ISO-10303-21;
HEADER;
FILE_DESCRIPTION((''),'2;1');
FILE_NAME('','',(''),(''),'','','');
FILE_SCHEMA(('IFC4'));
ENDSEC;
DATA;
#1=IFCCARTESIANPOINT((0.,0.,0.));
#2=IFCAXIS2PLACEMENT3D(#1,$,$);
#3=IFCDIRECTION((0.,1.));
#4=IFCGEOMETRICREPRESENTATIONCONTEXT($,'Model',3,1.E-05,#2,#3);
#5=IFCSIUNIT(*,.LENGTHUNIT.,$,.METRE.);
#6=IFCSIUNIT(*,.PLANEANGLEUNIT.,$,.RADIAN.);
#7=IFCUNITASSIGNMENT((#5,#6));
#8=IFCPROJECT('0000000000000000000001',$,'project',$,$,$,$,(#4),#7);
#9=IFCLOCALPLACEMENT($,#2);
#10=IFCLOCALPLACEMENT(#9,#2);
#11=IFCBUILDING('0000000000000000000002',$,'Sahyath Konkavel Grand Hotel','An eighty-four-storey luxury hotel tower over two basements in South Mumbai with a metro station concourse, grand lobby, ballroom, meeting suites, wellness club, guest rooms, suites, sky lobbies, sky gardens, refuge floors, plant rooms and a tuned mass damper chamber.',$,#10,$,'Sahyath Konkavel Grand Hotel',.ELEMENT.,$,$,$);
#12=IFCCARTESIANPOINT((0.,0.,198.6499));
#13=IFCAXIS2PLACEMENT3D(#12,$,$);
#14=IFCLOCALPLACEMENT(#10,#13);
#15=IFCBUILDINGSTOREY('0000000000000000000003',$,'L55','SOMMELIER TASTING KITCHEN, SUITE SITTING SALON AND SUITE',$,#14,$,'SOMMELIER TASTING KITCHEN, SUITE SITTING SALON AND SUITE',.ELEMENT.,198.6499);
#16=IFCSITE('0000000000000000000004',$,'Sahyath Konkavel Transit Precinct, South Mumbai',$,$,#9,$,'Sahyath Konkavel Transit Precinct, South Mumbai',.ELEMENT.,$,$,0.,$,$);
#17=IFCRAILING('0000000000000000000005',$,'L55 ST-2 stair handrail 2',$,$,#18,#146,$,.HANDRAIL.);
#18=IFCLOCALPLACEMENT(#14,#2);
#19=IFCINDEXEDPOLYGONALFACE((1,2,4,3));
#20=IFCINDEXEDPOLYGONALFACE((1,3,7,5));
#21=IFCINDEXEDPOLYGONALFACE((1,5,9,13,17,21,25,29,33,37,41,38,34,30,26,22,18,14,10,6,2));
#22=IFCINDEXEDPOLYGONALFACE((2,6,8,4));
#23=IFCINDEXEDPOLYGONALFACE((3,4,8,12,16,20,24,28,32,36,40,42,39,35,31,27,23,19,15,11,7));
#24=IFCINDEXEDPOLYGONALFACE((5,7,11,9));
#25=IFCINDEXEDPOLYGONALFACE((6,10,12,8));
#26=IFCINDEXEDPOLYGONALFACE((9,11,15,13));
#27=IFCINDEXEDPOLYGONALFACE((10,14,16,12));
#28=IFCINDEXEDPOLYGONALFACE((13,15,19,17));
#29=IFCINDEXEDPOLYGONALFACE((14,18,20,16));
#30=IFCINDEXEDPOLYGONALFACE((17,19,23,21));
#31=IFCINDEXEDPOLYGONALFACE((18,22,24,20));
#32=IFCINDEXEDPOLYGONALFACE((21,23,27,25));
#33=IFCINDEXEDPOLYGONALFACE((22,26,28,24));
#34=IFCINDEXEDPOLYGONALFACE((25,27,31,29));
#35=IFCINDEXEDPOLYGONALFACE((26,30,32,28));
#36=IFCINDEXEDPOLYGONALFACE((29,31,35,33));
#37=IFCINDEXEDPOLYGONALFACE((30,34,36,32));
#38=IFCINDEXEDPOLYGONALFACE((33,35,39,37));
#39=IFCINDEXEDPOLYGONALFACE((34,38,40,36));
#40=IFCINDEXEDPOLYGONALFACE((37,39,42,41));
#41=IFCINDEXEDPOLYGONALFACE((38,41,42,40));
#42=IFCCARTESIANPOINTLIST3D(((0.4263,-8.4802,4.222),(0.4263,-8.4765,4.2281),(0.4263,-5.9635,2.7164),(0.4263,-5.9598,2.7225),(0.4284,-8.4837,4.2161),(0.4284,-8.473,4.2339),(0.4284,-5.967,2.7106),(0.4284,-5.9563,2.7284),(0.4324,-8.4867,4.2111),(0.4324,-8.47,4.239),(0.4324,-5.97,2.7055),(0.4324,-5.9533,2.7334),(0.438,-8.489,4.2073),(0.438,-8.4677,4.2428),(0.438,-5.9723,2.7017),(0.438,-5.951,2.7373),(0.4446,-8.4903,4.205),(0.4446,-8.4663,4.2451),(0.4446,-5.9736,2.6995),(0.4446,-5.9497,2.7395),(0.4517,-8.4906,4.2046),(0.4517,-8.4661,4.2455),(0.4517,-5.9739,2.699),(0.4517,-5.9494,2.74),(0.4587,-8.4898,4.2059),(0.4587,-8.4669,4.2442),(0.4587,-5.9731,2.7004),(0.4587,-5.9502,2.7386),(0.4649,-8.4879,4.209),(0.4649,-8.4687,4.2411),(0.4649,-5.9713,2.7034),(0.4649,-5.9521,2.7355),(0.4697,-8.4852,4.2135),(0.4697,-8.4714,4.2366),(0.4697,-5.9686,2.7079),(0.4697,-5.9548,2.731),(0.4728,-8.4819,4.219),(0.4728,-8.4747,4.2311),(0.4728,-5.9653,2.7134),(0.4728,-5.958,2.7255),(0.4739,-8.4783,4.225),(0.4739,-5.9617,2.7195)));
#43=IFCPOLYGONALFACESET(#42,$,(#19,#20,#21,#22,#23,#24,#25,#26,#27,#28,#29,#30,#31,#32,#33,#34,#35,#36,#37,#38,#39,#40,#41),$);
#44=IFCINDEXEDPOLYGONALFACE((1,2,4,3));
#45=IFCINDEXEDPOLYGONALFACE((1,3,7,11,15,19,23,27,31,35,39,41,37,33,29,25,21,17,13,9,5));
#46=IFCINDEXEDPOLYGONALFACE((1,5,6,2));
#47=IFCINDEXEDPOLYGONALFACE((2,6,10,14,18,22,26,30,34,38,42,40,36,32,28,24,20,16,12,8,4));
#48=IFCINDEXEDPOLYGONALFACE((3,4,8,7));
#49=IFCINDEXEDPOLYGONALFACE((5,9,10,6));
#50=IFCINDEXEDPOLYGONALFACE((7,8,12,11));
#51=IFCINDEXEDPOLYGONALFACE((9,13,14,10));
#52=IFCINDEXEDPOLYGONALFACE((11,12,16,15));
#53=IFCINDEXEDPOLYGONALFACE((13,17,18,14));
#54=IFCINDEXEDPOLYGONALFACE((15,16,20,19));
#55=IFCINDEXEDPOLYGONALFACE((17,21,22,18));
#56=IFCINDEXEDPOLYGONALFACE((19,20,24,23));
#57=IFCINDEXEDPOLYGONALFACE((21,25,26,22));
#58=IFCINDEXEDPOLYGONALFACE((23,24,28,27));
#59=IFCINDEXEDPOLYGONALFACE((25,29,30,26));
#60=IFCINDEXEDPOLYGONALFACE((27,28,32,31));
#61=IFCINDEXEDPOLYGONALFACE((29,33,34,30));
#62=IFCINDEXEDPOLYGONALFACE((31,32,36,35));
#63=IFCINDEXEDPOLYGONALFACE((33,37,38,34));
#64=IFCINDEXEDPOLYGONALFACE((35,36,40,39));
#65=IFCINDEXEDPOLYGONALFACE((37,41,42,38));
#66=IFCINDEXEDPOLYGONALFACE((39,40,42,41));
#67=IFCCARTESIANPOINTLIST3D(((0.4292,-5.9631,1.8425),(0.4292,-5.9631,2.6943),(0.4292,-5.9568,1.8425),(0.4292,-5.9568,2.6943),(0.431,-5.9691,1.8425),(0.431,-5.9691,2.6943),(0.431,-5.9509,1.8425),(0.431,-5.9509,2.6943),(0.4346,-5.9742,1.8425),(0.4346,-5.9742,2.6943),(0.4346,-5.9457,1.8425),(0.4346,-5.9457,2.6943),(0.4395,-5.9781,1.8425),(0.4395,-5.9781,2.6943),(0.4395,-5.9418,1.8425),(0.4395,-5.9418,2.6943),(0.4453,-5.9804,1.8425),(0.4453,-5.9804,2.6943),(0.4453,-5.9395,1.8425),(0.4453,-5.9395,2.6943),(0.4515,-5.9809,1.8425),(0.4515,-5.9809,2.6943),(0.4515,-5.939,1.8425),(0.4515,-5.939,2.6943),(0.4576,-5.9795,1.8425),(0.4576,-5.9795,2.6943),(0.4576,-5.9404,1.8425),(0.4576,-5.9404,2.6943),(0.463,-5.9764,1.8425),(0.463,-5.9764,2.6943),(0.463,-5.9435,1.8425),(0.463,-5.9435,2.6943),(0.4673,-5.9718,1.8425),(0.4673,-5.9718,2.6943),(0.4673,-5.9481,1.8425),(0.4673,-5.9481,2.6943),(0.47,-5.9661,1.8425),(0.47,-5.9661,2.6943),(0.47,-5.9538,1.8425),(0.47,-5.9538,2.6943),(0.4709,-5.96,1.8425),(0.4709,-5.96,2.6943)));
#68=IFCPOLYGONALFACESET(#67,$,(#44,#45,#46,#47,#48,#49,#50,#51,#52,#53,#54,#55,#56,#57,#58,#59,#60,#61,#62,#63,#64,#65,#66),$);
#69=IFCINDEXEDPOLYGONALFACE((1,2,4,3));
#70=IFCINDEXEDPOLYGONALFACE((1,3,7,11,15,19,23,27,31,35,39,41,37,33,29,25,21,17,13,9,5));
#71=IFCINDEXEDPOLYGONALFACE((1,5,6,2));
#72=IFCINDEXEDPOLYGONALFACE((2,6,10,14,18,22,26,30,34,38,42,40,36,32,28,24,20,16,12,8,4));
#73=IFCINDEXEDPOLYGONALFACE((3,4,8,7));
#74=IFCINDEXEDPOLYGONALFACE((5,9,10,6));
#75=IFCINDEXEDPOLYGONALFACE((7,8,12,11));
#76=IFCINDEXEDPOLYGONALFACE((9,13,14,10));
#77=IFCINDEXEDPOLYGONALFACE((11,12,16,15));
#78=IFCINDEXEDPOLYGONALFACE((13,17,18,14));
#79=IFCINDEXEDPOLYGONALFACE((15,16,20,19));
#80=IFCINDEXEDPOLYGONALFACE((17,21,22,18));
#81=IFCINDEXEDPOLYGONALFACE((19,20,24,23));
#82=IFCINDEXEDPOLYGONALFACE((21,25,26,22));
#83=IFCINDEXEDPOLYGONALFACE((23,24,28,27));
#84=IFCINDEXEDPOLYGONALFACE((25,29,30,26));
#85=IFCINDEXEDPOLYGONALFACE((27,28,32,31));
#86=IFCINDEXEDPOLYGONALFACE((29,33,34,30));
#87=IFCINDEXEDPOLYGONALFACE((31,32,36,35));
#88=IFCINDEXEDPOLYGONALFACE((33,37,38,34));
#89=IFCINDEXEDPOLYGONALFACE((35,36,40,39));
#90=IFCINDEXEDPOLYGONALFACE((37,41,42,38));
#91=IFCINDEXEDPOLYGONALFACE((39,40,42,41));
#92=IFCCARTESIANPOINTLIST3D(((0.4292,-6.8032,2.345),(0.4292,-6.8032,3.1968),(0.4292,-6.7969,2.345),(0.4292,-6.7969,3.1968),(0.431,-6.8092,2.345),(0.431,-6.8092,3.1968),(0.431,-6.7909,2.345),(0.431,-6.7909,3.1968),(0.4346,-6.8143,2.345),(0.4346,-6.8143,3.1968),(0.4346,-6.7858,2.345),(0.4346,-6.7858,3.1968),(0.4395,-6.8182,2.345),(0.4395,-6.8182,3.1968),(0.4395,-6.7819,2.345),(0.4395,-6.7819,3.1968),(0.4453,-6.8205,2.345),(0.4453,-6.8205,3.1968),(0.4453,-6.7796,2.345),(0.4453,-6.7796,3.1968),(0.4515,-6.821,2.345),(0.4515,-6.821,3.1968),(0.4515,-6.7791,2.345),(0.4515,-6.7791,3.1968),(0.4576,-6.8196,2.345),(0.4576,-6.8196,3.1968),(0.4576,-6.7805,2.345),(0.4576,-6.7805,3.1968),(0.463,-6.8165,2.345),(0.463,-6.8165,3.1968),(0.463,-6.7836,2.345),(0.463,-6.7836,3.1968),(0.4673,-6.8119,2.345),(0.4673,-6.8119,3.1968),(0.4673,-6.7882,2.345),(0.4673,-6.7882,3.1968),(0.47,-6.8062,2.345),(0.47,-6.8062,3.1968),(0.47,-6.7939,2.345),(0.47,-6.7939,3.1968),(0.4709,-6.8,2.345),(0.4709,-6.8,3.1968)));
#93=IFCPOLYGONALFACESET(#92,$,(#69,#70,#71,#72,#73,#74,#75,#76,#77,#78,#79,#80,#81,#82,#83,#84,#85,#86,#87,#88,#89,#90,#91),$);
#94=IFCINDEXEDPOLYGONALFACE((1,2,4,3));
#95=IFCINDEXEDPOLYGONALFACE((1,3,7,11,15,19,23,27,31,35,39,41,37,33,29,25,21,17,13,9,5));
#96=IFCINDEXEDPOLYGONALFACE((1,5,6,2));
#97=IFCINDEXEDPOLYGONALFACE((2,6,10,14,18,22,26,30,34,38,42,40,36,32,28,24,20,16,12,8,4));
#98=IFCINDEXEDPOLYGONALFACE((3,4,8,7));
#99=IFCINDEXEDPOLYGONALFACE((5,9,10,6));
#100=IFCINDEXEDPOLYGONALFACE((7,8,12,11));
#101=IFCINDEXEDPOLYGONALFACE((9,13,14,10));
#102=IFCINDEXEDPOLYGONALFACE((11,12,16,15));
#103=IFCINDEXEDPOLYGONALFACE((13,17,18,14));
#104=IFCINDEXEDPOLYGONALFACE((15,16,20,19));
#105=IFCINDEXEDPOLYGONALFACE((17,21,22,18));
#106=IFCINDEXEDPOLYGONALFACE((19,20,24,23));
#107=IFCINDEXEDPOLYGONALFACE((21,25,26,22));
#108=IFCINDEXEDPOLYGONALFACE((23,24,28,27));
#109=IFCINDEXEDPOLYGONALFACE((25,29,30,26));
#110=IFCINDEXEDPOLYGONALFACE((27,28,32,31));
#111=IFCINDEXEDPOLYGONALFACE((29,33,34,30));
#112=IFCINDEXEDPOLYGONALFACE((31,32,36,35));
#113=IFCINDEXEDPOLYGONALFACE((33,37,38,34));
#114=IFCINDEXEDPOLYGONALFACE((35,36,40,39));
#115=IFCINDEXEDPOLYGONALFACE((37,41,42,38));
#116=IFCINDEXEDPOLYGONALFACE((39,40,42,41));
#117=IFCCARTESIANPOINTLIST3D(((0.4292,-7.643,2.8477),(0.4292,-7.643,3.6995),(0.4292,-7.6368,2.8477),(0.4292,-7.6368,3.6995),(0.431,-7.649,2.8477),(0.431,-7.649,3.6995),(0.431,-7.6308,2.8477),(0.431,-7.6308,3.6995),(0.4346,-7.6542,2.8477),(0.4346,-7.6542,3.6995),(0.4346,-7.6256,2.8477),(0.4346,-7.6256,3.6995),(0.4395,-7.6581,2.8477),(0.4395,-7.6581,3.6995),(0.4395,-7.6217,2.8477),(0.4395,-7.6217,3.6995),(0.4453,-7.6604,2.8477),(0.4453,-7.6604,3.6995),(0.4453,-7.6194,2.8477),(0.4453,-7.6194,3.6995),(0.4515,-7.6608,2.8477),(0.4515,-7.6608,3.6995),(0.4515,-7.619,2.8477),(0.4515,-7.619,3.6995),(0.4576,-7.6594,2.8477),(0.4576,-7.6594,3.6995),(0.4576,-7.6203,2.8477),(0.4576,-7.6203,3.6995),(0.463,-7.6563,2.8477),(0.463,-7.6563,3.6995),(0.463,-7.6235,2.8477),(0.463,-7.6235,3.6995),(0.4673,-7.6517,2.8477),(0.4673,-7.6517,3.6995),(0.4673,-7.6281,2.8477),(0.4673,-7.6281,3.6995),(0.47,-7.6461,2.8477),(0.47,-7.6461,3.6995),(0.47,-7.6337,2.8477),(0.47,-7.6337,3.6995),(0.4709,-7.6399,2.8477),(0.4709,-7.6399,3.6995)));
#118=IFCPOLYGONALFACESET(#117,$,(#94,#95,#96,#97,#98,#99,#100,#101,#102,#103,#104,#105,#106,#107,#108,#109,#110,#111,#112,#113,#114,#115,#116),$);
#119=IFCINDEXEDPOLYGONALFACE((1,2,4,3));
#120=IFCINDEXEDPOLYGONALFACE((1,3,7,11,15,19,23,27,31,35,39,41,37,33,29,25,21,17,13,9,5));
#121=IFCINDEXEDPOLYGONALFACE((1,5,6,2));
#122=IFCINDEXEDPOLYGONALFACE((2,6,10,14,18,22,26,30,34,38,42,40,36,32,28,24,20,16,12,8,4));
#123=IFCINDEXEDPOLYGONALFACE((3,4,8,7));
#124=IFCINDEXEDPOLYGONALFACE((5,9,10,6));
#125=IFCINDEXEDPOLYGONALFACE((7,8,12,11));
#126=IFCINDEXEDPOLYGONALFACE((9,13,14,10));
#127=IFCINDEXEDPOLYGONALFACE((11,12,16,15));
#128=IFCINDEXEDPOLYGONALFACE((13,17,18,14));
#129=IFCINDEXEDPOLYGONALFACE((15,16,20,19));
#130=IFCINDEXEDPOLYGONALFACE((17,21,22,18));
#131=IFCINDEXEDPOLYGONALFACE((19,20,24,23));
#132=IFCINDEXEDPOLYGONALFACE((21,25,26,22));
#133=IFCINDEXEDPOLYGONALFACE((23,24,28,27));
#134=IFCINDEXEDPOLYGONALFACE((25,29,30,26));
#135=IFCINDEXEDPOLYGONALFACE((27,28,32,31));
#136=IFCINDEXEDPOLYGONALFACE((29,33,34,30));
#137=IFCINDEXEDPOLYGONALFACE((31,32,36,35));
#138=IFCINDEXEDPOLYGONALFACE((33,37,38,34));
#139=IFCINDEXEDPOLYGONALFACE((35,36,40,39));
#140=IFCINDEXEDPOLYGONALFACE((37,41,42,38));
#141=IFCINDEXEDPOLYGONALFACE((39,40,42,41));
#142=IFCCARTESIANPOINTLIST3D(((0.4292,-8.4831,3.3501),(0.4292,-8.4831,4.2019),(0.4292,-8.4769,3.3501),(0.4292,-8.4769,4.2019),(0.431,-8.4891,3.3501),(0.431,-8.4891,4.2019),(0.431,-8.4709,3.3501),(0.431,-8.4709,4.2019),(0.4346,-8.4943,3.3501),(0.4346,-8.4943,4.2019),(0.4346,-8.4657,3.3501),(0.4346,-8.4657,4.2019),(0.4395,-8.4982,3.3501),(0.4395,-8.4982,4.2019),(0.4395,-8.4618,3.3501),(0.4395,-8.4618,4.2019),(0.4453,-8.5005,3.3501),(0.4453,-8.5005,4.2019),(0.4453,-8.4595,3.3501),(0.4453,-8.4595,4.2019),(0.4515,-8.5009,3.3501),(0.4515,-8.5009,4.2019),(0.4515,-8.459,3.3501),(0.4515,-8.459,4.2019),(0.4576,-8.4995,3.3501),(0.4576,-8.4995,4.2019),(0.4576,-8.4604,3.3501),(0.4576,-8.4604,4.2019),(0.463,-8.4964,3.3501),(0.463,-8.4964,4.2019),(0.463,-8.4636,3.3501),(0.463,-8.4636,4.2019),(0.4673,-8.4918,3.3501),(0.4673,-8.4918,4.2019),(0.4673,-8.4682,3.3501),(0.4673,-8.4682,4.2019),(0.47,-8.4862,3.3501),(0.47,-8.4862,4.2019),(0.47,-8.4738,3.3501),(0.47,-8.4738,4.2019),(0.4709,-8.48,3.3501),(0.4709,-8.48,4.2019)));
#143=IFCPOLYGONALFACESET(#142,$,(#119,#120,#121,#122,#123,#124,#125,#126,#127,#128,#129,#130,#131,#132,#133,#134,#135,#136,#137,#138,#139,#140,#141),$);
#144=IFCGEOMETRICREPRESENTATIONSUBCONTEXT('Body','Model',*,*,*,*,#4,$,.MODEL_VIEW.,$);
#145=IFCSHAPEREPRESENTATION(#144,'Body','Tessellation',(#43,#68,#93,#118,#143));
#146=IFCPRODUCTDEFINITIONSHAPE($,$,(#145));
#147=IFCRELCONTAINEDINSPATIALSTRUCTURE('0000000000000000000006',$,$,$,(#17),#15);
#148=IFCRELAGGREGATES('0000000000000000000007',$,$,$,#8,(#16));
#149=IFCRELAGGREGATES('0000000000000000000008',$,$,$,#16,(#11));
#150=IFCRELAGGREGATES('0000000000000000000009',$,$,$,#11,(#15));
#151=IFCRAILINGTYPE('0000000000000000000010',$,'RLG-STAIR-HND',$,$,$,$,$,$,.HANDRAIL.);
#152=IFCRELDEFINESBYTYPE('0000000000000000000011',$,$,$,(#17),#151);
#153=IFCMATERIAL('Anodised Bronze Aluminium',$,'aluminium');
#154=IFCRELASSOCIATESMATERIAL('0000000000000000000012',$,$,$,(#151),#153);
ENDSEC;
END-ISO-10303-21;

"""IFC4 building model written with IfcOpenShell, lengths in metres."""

from ifc_helpers import new_model, si_unit, direction, frame, origin, origin_2d, place, context, subcontext, project, spatial, circle, extrude, material, type_object, element, save


model = new_model("IFC4")

# Units and contexts
model_context = context("Model", 3, precision=1e-05, world=origin(), true_north=direction((0.0, 1.0)))
body_context = subcontext(model_context, "Body", "Model", "MODEL_VIEW")
ifc_project = project(units=[si_unit("LENGTHUNIT", "METRE"), si_unit("PLANEANGLEUNIT", "RADIAN")], contexts=[model_context])

# Site, building, storey
site_placement = place(None, origin())
site = spatial("IfcSite", under=ifc_project, at=site_placement, Name="Sahyath Konkavel Transit Precinct, South Mumbai", LongName="Sahyath Konkavel Transit Precinct, South Mumbai", CompositionType="ELEMENT", RefElevation=0.0)
building_placement = place(site_placement, origin())
building = spatial("IfcBuilding", under=site, at=building_placement, Name="Sahyath Konkavel Grand Hotel", Description="An eighty-four-storey luxury hotel tower over two basements in South Mumbai with a metro station concourse, grand lobby, ballroom, meeting suites, wellness club, guest rooms, suites, sky lobbies, sky gardens, refuge floors, plant rooms and a tuned mass damper chamber.", LongName="Sahyath Konkavel Grand Hotel", CompositionType="ELEMENT")
storey_placement = place(building_placement, frame((0.0, 0.0, 198.6499)))
storey = spatial("IfcBuildingStorey", under=building, at=storey_placement, Name="L55", Description="SOMMELIER TASTING KITCHEN, SUITE SITTING SALON AND SUITE", LongName="SOMMELIER TASTING KITCHEN, SUITE SITTING SALON AND SUITE", CompositionType="ELEMENT", Elevation=198.6499)

# Shared definitions
ifc_material_1 = material(Name="Anodised Bronze Aluminium", Category="aluminium")

# Railing
railing_type_1 = type_object("IfcRailingType", Name="RLG-STAIR-HND", PredefinedType="HANDRAIL", material=ifc_material_1)
railing_1_placement = place(storey_placement, frame((0.45, -5.96, 1.8425)))
element("IfcRailing", 1, at=railing_1_placement, inside=storey, type_object=railing_type_1, Name="L55 ST-2 stair handrail 2", PredefinedType="HANDRAIL", context=body_context, shape_type="SweptSolid", body=[
    extrude(circle(Radius=0.0239, at=origin_2d()), frame((0.0, -0.0017, 0.877), z_axis=(0.0, -0.85816, 0.513383), x_axis=(1.0, 0.0, 0.0)), (0.0, 0.0, 1.0), 2.9326),
    extrude(circle(Radius=0.021, at=origin_2d()), origin(), (0.0, 0.0, 1.0), 0.8518),
    extrude(circle(Radius=0.021, at=origin_2d()), frame((0.0, -0.8401, 0.5024)), (0.0, 0.0, 1.0), 0.8518),
    extrude(circle(Radius=0.021, at=origin_2d()), frame((0.0, -1.6799, 1.0051)), (0.0, 0.0, 1.0), 0.8518),
    extrude(circle(Radius=0.021, at=origin_2d()), frame((0.0, -2.52, 1.5076)), (0.0, 0.0, 1.0), 0.8518),
])

save(model, "model.ifc")
